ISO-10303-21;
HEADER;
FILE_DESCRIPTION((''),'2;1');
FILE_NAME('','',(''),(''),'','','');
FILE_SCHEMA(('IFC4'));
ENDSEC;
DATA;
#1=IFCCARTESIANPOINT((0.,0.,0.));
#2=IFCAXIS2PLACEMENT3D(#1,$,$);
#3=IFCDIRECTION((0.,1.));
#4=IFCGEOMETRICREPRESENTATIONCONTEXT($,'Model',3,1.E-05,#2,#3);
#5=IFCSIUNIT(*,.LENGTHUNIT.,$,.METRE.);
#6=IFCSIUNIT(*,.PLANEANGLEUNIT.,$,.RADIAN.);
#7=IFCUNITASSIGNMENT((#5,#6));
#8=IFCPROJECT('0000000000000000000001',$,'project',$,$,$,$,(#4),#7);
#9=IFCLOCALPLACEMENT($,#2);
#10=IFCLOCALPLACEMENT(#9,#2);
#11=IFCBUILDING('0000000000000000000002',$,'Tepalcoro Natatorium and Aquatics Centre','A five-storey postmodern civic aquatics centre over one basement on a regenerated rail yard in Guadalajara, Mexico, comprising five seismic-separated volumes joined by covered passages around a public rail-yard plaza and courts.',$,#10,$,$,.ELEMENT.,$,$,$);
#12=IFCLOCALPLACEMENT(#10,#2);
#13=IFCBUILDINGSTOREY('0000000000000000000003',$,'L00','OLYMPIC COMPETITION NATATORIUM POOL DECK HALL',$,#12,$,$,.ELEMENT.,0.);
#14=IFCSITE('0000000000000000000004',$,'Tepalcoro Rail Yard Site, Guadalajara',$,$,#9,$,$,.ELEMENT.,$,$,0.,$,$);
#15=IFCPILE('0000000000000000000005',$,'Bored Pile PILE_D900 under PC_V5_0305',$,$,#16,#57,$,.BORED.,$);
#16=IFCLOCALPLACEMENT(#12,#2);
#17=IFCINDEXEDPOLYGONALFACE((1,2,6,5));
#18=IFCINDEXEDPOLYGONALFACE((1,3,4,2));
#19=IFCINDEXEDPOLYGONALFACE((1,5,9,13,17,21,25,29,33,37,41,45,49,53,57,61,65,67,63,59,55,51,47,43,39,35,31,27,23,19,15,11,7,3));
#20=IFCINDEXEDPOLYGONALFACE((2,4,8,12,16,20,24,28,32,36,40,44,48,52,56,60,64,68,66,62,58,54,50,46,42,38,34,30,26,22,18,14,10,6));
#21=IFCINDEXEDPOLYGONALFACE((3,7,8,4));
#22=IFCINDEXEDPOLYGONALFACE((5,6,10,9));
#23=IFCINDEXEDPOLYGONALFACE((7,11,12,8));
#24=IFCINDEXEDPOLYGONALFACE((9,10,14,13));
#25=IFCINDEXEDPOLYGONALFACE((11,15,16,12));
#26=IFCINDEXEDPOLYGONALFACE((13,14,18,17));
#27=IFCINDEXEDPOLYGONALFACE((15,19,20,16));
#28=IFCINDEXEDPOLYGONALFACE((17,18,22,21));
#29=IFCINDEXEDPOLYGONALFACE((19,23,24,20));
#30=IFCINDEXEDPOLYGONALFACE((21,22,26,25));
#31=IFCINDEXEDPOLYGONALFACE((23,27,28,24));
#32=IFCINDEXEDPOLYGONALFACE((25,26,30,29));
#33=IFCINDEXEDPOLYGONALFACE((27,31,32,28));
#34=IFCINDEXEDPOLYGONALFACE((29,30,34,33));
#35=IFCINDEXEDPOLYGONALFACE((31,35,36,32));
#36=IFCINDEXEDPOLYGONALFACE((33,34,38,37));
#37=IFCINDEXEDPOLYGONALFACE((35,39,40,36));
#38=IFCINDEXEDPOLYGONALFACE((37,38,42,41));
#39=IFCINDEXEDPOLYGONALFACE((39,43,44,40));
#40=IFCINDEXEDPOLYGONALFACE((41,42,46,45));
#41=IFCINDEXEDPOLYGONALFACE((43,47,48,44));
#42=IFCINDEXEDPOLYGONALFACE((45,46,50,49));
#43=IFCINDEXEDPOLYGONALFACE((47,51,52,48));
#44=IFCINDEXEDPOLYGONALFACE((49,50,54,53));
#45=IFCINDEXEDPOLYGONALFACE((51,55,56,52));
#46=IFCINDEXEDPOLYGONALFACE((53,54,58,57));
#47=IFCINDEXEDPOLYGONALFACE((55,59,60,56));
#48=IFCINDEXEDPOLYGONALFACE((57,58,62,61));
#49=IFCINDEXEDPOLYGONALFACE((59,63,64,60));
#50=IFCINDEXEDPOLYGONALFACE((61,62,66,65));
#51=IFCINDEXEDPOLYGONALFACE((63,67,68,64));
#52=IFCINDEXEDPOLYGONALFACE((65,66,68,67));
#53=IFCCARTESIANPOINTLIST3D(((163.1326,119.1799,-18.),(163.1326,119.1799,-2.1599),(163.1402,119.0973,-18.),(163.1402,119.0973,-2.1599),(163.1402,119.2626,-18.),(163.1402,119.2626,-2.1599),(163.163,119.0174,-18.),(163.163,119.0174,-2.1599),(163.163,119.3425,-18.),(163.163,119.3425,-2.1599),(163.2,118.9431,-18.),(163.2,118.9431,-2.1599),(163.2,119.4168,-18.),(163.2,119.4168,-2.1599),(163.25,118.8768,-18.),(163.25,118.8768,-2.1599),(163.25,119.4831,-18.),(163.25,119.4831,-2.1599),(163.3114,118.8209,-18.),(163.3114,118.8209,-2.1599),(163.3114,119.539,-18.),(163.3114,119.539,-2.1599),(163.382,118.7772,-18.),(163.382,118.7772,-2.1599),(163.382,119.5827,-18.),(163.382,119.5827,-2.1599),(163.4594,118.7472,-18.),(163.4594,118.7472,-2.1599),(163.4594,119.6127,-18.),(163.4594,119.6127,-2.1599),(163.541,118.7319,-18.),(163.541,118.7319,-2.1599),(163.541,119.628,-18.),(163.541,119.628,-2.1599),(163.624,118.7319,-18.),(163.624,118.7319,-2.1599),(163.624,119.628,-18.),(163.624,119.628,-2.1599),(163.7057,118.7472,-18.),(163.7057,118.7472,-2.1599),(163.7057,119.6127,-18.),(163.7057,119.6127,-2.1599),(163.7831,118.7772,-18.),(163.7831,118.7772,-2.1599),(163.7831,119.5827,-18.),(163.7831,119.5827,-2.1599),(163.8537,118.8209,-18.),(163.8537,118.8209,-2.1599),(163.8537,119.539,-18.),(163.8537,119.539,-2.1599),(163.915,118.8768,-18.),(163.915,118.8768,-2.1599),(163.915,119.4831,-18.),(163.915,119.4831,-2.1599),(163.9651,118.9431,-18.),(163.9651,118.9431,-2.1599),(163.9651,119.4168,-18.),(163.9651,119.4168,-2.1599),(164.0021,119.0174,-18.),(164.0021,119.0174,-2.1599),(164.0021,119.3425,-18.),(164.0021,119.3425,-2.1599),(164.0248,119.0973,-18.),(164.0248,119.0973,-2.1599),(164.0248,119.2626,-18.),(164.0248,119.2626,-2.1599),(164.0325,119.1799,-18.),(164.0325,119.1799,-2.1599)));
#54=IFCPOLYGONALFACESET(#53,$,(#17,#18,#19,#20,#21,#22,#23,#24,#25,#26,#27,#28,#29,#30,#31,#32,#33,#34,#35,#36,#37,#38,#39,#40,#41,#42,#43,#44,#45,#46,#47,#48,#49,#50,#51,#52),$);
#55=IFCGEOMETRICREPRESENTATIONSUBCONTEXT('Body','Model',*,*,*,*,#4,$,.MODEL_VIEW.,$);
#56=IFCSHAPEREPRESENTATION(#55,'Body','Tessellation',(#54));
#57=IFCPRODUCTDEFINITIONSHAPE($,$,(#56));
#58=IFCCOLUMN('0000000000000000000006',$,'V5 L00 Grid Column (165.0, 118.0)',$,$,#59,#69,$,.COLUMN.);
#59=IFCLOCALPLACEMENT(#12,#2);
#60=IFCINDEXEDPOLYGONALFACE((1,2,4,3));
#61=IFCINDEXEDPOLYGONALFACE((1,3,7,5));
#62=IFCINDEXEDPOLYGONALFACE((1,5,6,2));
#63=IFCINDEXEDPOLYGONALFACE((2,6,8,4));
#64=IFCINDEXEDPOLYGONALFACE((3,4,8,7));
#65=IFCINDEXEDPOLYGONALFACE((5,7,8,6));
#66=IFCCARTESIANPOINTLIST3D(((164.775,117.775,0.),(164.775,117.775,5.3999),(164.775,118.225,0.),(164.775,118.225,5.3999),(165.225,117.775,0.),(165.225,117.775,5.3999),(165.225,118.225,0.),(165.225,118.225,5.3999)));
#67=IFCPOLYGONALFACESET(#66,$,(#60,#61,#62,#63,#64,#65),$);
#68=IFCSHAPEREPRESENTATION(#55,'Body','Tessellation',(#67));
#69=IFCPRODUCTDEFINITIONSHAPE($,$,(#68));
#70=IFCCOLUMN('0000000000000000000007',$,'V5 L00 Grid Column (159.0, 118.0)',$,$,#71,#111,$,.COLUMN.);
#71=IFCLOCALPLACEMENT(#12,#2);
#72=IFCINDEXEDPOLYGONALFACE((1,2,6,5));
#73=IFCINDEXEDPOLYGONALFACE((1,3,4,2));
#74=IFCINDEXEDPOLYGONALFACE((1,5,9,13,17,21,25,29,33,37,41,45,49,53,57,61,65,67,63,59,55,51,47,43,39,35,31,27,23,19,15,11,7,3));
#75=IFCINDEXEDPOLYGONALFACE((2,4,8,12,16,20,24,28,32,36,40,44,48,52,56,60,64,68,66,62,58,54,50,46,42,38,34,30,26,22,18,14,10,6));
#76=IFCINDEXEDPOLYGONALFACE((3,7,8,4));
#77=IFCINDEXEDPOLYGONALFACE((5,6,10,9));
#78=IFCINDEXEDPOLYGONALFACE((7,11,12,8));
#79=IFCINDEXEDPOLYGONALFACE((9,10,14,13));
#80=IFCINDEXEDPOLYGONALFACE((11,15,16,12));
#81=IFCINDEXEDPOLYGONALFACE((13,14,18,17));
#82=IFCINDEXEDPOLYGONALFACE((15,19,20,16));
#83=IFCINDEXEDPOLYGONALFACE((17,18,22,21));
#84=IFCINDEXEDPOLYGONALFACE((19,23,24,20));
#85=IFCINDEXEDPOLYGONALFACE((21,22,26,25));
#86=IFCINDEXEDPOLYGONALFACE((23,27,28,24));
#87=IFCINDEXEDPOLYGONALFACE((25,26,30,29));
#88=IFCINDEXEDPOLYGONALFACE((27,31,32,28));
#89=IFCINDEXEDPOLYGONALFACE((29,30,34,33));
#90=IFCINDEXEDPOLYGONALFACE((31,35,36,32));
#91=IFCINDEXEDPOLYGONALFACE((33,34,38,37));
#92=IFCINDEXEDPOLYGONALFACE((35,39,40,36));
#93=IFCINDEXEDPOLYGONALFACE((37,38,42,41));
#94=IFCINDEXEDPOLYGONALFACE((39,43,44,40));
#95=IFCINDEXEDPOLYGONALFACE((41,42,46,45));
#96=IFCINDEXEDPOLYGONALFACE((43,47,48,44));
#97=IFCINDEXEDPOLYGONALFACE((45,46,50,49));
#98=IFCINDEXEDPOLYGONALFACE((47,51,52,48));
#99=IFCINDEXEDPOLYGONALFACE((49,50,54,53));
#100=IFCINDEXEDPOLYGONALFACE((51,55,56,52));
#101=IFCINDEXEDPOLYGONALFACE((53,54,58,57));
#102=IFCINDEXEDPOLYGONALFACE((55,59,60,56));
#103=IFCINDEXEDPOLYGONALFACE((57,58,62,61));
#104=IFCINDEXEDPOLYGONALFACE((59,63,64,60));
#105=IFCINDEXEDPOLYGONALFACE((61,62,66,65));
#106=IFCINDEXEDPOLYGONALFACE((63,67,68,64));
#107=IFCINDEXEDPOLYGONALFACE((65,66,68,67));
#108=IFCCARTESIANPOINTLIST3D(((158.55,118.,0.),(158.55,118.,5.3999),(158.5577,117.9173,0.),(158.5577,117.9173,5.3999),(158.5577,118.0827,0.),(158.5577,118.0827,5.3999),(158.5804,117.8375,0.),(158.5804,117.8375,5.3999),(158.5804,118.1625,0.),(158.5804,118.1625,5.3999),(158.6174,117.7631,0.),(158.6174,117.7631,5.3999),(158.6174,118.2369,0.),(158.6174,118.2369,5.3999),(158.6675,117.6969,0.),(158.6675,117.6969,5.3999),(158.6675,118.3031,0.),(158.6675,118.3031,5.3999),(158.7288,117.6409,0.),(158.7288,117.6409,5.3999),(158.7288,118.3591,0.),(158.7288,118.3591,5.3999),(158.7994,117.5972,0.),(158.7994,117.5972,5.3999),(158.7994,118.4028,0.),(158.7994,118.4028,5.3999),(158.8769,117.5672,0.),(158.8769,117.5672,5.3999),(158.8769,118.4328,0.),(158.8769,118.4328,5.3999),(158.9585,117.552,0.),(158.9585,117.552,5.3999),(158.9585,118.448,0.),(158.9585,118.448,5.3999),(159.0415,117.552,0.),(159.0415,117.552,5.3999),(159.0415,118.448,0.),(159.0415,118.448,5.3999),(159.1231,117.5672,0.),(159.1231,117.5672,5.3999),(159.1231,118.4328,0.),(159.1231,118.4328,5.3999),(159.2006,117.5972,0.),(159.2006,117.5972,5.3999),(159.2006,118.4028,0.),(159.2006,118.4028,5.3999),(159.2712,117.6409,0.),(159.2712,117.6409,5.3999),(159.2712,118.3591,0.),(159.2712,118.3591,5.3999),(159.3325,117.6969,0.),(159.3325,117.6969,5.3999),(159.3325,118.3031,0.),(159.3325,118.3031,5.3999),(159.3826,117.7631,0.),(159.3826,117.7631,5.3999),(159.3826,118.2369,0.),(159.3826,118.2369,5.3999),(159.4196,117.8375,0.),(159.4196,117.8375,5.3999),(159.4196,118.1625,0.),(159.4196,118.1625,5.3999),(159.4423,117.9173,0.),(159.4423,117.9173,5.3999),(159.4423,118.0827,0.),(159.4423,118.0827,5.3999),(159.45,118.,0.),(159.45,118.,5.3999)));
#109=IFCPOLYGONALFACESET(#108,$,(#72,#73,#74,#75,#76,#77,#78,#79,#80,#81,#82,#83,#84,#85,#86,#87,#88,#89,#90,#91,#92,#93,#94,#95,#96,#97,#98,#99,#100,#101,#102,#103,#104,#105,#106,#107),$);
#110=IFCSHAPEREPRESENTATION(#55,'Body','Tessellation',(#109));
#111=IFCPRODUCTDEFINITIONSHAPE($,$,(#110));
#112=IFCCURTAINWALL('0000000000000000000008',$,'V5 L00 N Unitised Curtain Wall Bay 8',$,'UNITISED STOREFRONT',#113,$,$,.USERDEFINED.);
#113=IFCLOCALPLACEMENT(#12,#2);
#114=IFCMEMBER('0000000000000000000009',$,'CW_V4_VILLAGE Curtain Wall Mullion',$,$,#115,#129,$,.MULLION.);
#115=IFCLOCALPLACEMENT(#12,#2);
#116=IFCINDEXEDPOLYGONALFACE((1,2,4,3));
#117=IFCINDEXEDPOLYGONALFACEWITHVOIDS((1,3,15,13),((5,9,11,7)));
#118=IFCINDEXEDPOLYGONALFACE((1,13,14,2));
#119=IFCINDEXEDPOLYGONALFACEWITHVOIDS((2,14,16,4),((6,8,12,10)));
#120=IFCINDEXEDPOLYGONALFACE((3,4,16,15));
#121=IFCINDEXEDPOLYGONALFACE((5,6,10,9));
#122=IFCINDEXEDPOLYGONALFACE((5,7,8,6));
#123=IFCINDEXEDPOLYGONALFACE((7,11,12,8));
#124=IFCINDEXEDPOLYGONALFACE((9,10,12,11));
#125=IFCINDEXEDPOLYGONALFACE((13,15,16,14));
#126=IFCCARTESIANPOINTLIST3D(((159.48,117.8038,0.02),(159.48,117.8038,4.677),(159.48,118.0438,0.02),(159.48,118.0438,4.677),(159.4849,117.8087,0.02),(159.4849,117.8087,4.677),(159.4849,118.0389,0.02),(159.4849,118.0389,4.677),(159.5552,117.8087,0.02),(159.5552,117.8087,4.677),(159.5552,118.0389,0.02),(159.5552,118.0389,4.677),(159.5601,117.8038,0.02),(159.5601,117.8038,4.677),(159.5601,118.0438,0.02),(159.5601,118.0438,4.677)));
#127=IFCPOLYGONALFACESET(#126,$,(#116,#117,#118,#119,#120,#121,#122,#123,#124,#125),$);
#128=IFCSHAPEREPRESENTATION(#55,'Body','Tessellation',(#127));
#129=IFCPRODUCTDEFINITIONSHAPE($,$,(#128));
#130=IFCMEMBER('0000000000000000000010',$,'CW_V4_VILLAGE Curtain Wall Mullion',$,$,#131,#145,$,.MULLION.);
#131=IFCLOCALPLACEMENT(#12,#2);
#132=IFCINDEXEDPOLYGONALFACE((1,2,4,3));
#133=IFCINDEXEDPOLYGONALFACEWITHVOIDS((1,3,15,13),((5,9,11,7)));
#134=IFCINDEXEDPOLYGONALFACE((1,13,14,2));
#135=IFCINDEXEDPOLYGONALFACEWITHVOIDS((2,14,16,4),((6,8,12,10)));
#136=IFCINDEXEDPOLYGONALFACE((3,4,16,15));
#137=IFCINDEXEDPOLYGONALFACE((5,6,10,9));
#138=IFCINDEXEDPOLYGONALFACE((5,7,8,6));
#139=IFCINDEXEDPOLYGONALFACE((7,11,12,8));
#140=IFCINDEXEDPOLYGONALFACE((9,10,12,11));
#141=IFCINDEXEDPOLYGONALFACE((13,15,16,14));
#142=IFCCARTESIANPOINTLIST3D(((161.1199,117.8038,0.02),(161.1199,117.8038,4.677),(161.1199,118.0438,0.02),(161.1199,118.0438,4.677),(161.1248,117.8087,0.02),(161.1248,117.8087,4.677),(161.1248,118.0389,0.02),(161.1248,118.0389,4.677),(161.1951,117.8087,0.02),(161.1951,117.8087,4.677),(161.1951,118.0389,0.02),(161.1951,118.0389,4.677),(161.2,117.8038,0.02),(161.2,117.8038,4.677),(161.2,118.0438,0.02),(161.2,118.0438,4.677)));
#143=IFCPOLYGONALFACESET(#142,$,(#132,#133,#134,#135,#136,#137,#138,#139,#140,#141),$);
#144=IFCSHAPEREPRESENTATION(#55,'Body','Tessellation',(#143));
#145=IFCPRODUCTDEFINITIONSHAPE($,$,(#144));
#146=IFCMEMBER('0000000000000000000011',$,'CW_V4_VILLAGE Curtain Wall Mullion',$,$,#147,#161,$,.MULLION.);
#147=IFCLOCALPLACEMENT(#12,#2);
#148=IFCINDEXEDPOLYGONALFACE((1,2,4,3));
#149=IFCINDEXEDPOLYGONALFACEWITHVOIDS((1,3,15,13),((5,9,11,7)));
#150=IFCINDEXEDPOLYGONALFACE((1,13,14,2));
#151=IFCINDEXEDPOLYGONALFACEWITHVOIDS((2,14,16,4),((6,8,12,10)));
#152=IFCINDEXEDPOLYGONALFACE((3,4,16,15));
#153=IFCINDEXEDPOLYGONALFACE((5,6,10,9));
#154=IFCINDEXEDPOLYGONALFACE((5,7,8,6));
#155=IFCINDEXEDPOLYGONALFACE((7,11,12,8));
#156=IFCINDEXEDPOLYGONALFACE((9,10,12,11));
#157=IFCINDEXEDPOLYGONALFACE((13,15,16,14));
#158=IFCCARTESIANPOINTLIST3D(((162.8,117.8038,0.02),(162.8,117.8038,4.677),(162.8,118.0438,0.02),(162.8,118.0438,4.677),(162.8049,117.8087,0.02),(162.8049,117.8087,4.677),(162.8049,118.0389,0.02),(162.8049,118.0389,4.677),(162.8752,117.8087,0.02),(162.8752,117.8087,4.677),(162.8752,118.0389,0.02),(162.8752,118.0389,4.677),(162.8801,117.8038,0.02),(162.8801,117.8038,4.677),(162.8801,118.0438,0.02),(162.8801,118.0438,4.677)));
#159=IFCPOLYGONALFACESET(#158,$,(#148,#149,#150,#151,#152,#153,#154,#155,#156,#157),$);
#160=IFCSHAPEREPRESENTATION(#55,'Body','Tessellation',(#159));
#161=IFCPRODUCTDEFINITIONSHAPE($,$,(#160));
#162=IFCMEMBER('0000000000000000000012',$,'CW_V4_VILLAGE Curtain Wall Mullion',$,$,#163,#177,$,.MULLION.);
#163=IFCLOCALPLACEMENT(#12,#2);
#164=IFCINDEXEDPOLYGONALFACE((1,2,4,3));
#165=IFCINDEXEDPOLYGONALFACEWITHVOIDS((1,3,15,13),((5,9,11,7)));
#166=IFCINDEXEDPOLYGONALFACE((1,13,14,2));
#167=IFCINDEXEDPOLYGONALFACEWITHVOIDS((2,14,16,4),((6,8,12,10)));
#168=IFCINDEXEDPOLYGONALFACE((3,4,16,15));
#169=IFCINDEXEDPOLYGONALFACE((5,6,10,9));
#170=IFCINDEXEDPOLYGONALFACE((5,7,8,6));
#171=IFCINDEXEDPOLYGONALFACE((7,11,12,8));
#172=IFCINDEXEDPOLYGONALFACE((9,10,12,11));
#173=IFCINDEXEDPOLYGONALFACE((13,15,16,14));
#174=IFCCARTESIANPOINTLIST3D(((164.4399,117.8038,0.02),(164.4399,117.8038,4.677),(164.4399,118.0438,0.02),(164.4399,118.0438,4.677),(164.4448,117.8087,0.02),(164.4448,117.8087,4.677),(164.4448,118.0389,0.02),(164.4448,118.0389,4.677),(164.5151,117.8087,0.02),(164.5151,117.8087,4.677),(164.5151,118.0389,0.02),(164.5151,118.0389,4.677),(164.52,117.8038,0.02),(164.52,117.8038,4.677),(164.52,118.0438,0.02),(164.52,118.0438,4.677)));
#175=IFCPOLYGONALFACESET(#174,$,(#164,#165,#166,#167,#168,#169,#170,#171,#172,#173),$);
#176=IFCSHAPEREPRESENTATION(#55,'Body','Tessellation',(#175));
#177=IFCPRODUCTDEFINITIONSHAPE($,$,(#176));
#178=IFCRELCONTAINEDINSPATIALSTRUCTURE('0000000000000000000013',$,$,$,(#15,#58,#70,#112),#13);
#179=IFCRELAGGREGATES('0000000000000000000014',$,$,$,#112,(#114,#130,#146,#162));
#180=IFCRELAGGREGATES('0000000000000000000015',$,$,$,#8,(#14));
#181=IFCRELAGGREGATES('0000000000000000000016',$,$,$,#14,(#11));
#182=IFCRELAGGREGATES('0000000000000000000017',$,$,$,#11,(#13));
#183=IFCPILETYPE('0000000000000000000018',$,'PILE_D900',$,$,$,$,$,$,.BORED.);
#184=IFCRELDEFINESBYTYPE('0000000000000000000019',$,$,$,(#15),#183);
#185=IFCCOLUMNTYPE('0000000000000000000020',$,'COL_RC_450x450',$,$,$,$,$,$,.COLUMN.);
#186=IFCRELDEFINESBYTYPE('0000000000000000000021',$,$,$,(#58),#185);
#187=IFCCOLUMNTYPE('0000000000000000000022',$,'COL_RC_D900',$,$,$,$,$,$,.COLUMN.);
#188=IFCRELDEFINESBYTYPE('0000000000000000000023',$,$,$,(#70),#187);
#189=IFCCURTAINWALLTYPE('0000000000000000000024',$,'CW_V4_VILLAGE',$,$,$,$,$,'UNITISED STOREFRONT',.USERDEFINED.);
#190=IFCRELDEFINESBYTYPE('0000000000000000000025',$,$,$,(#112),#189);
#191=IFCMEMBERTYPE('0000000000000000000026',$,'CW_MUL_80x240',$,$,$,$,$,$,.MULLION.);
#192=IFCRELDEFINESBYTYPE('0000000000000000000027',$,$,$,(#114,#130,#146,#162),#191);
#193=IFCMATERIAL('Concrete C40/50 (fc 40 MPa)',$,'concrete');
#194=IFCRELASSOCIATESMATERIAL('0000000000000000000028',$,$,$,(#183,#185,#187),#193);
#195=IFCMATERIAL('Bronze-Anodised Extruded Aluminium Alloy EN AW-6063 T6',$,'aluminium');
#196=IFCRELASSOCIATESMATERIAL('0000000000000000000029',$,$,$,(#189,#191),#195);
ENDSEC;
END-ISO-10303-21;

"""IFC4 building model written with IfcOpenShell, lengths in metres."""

from ifc_helpers import new_model, si_unit, direction, frame, origin, origin_2d, place, context, subcontext, project, spatial, rectangle, hollow_rectangle, circle, extrude, material, material_profile, profile_set, type_object, element, aggregate, save


model = new_model("IFC4")

# Units and contexts
model_context = context("Model", 3, precision=1e-05, world=origin(), true_north=direction((0.0, 1.0)))
body_context = subcontext(model_context, "Body", "Model", "MODEL_VIEW")
ifc_project = project(units=[si_unit("LENGTHUNIT", "METRE"), si_unit("PLANEANGLEUNIT", "RADIAN")], contexts=[model_context])

# Site, building, storey
site_placement = place(None, origin())
site = spatial("IfcSite", under=ifc_project, at=site_placement, Name="Tepalcoro Rail Yard Site, Guadalajara", CompositionType="ELEMENT", RefElevation=0.0)
building_placement = place(site_placement, origin())
building = spatial("IfcBuilding", under=site, at=building_placement, Name="Tepalcoro Natatorium and Aquatics Centre", Description="A five-storey postmodern civic aquatics centre over one basement on a regenerated rail yard in Guadalajara, Mexico, comprising five seismic-separated volumes joined by covered passages around a public rail-yard plaza and courts.", CompositionType="ELEMENT")
storey_placement = place(building_placement, origin())
storey = spatial("IfcBuildingStorey", under=building, at=storey_placement, Name="L00", Description="OLYMPIC COMPETITION NATATORIUM POOL DECK HALL", CompositionType="ELEMENT", Elevation=0.0)

# Pile
ifc_material_1 = material(Name="Concrete C40/50 (fc 40 MPa)", Category="concrete")
ifc_material_profile_1 = material_profile(ifc_material_1, circle(Radius=0.45, at=origin_2d()), Name="PILE_D900")
ifc_profile_set_1 = profile_set([ifc_material_profile_1], Name="Concrete C40/50 (fc 40 MPa)")
pile_type = type_object("IfcPileType", Name="PILE_D900", PredefinedType="BORED", material=ifc_profile_set_1)
for number, where, z_axis, x_axis, name in (
    (1, (163.5825, 119.1799, -2.1599), (0.0, 0.0, -1.0), (1.0, 0.0, 0.0), "Bored Pile PILE_D900 under PC_V5_0305"),
):
    element("IfcPile", number, at=place(storey_placement, frame(where, z_axis=z_axis, x_axis=x_axis)), inside=storey, type_object=pile_type, Name=name, PredefinedType="BORED", context=body_context, shape_type="SweptSolid", body=[
        extrude(circle(Radius=0.45, at=origin_2d()), origin(), (0.0, 0.0, 1.0), 15.8401),
    ])

# Columns
ifc_material_profile_2 = material_profile(ifc_material_1, rectangle(XDim=0.45, YDim=0.45, at=origin_2d()), Name="RC450x450")
ifc_profile_set_2 = profile_set([ifc_material_profile_2], Name="Concrete C40/50 (fc 40 MPa)")
column_type_1 = type_object("IfcColumnType", Name="COL_RC_450x450", PredefinedType="COLUMN", material=ifc_profile_set_2)
column_1_placement = place(storey_placement, frame((165.0, 118.0, 0.0), z_axis=(0.0, 0.0, 1.0), x_axis=(1.0, 0.0, 0.0)))
element("IfcColumn", 2, at=column_1_placement, inside=storey, type_object=column_type_1, Name="V5 L00 Grid Column (165.0, 118.0)", PredefinedType="COLUMN", context=body_context, shape_type="SweptSolid", body=[
    extrude(rectangle(XDim=0.45, YDim=0.45, at=origin_2d()), origin(), (0.0, 0.0, 1.0), 5.3999),
])
ifc_material_profile_3 = material_profile(ifc_material_1, circle(Radius=0.45, at=origin_2d()), Name="RCD900")
ifc_profile_set_3 = profile_set([ifc_material_profile_3], Name="Concrete C40/50 (fc 40 MPa)")
column_type_2 = type_object("IfcColumnType", Name="COL_RC_D900", PredefinedType="COLUMN", material=ifc_profile_set_3)
column_2_placement = place(storey_placement, frame((159.0, 118.0, 0.0), z_axis=(0.0, 0.0, 1.0), x_axis=(1.0, 0.0, 0.0)))
element("IfcColumn", 3, at=column_2_placement, inside=storey, type_object=column_type_2, Name="V5 L00 Grid Column (159.0, 118.0)", PredefinedType="COLUMN", context=body_context, shape_type="SweptSolid", body=[
    extrude(circle(Radius=0.45, at=origin_2d()), origin(), (0.0, 0.0, 1.0), 5.3999),
])

# Curtain wall, members
ifc_material_2 = material(Name="Bronze-Anodised Extruded Aluminium Alloy EN AW-6063 T6", Category="aluminium")
curtain_wall_type = type_object("IfcCurtainWallType", Name="CW_V4_VILLAGE", ElementType="UNITISED STOREFRONT", PredefinedType="USERDEFINED", material=ifc_material_2)
curtain_wall_placement = place(storey_placement, origin())
curtain_wall = element("IfcCurtainWall", 4, at=curtain_wall_placement, inside=storey, type_object=curtain_wall_type, Name="V5 L00 N Unitised Curtain Wall Bay 8", ObjectType="UNITISED STOREFRONT", PredefinedType="USERDEFINED")
ifc_material_profile_4 = material_profile(ifc_material_2, hollow_rectangle(XDim=0.0801, YDim=0.24, WallThickness=0.0049, at=origin_2d()), Name="AL80X240X5")
ifc_profile_set_4 = profile_set([ifc_material_profile_4], Name="Bronze-Anodised Extruded Aluminium Alloy EN AW-6063 T6")
member_type_1 = type_object("IfcMemberType", Name="CW_MUL_80x240", PredefinedType="MULLION", material=ifc_profile_set_4)
member_1_placement = place(storey_placement, frame((159.52, 117.9238, 0.02), z_axis=(0.0, 0.0, 1.0), x_axis=(1.0, 0.0, 0.0)))
member_1 = element("IfcMember", 5, at=member_1_placement, type_object=member_type_1, Name="CW_V4_VILLAGE Curtain Wall Mullion", PredefinedType="MULLION", context=body_context, shape_type="SweptSolid", body=[
    extrude(hollow_rectangle(XDim=0.0801, YDim=0.24, WallThickness=0.0049, at=origin_2d()), origin(), (0.0, 0.0, 1.0), 4.657),
])
member_2_placement = place(storey_placement, frame((161.1599, 117.9238, 0.02), z_axis=(0.0, 0.0, 1.0), x_axis=(1.0, 0.0, 0.0)))
member_2 = element("IfcMember", 6, at=member_2_placement, type_object=member_type_1, Name="CW_V4_VILLAGE Curtain Wall Mullion", PredefinedType="MULLION", context=body_context, shape_type="SweptSolid", body=[
    extrude(hollow_rectangle(XDim=0.0801, YDim=0.24, WallThickness=0.0049, at=origin_2d()), origin(), (0.0, 0.0, 1.0), 4.657),
])
member_3_placement = place(storey_placement, frame((162.8401, 117.9238, 0.02), z_axis=(0.0, 0.0, 1.0), x_axis=(1.0, 0.0, 0.0)))
member_3 = element("IfcMember", 7, at=member_3_placement, type_object=member_type_1, Name="CW_V4_VILLAGE Curtain Wall Mullion", PredefinedType="MULLION", context=body_context, shape_type="SweptSolid", body=[
    extrude(hollow_rectangle(XDim=0.0801, YDim=0.24, WallThickness=0.0049, at=origin_2d()), origin(), (0.0, 0.0, 1.0), 4.657),
])
member_4_placement = place(storey_placement, frame((164.48, 117.9238, 0.02), z_axis=(0.0, 0.0, 1.0), x_axis=(1.0, 0.0, 0.0)))
member_4 = element("IfcMember", 8, at=member_4_placement, type_object=member_type_1, Name="CW_V4_VILLAGE Curtain Wall Mullion", PredefinedType="MULLION", context=body_context, shape_type="SweptSolid", body=[
    extrude(hollow_rectangle(XDim=0.0801, YDim=0.24, WallThickness=0.0049, at=origin_2d()), origin(), (0.0, 0.0, 1.0), 4.657),
])

aggregate(curtain_wall, [member_1, member_2, member_3, member_4])

save(model, "model.ifc")
